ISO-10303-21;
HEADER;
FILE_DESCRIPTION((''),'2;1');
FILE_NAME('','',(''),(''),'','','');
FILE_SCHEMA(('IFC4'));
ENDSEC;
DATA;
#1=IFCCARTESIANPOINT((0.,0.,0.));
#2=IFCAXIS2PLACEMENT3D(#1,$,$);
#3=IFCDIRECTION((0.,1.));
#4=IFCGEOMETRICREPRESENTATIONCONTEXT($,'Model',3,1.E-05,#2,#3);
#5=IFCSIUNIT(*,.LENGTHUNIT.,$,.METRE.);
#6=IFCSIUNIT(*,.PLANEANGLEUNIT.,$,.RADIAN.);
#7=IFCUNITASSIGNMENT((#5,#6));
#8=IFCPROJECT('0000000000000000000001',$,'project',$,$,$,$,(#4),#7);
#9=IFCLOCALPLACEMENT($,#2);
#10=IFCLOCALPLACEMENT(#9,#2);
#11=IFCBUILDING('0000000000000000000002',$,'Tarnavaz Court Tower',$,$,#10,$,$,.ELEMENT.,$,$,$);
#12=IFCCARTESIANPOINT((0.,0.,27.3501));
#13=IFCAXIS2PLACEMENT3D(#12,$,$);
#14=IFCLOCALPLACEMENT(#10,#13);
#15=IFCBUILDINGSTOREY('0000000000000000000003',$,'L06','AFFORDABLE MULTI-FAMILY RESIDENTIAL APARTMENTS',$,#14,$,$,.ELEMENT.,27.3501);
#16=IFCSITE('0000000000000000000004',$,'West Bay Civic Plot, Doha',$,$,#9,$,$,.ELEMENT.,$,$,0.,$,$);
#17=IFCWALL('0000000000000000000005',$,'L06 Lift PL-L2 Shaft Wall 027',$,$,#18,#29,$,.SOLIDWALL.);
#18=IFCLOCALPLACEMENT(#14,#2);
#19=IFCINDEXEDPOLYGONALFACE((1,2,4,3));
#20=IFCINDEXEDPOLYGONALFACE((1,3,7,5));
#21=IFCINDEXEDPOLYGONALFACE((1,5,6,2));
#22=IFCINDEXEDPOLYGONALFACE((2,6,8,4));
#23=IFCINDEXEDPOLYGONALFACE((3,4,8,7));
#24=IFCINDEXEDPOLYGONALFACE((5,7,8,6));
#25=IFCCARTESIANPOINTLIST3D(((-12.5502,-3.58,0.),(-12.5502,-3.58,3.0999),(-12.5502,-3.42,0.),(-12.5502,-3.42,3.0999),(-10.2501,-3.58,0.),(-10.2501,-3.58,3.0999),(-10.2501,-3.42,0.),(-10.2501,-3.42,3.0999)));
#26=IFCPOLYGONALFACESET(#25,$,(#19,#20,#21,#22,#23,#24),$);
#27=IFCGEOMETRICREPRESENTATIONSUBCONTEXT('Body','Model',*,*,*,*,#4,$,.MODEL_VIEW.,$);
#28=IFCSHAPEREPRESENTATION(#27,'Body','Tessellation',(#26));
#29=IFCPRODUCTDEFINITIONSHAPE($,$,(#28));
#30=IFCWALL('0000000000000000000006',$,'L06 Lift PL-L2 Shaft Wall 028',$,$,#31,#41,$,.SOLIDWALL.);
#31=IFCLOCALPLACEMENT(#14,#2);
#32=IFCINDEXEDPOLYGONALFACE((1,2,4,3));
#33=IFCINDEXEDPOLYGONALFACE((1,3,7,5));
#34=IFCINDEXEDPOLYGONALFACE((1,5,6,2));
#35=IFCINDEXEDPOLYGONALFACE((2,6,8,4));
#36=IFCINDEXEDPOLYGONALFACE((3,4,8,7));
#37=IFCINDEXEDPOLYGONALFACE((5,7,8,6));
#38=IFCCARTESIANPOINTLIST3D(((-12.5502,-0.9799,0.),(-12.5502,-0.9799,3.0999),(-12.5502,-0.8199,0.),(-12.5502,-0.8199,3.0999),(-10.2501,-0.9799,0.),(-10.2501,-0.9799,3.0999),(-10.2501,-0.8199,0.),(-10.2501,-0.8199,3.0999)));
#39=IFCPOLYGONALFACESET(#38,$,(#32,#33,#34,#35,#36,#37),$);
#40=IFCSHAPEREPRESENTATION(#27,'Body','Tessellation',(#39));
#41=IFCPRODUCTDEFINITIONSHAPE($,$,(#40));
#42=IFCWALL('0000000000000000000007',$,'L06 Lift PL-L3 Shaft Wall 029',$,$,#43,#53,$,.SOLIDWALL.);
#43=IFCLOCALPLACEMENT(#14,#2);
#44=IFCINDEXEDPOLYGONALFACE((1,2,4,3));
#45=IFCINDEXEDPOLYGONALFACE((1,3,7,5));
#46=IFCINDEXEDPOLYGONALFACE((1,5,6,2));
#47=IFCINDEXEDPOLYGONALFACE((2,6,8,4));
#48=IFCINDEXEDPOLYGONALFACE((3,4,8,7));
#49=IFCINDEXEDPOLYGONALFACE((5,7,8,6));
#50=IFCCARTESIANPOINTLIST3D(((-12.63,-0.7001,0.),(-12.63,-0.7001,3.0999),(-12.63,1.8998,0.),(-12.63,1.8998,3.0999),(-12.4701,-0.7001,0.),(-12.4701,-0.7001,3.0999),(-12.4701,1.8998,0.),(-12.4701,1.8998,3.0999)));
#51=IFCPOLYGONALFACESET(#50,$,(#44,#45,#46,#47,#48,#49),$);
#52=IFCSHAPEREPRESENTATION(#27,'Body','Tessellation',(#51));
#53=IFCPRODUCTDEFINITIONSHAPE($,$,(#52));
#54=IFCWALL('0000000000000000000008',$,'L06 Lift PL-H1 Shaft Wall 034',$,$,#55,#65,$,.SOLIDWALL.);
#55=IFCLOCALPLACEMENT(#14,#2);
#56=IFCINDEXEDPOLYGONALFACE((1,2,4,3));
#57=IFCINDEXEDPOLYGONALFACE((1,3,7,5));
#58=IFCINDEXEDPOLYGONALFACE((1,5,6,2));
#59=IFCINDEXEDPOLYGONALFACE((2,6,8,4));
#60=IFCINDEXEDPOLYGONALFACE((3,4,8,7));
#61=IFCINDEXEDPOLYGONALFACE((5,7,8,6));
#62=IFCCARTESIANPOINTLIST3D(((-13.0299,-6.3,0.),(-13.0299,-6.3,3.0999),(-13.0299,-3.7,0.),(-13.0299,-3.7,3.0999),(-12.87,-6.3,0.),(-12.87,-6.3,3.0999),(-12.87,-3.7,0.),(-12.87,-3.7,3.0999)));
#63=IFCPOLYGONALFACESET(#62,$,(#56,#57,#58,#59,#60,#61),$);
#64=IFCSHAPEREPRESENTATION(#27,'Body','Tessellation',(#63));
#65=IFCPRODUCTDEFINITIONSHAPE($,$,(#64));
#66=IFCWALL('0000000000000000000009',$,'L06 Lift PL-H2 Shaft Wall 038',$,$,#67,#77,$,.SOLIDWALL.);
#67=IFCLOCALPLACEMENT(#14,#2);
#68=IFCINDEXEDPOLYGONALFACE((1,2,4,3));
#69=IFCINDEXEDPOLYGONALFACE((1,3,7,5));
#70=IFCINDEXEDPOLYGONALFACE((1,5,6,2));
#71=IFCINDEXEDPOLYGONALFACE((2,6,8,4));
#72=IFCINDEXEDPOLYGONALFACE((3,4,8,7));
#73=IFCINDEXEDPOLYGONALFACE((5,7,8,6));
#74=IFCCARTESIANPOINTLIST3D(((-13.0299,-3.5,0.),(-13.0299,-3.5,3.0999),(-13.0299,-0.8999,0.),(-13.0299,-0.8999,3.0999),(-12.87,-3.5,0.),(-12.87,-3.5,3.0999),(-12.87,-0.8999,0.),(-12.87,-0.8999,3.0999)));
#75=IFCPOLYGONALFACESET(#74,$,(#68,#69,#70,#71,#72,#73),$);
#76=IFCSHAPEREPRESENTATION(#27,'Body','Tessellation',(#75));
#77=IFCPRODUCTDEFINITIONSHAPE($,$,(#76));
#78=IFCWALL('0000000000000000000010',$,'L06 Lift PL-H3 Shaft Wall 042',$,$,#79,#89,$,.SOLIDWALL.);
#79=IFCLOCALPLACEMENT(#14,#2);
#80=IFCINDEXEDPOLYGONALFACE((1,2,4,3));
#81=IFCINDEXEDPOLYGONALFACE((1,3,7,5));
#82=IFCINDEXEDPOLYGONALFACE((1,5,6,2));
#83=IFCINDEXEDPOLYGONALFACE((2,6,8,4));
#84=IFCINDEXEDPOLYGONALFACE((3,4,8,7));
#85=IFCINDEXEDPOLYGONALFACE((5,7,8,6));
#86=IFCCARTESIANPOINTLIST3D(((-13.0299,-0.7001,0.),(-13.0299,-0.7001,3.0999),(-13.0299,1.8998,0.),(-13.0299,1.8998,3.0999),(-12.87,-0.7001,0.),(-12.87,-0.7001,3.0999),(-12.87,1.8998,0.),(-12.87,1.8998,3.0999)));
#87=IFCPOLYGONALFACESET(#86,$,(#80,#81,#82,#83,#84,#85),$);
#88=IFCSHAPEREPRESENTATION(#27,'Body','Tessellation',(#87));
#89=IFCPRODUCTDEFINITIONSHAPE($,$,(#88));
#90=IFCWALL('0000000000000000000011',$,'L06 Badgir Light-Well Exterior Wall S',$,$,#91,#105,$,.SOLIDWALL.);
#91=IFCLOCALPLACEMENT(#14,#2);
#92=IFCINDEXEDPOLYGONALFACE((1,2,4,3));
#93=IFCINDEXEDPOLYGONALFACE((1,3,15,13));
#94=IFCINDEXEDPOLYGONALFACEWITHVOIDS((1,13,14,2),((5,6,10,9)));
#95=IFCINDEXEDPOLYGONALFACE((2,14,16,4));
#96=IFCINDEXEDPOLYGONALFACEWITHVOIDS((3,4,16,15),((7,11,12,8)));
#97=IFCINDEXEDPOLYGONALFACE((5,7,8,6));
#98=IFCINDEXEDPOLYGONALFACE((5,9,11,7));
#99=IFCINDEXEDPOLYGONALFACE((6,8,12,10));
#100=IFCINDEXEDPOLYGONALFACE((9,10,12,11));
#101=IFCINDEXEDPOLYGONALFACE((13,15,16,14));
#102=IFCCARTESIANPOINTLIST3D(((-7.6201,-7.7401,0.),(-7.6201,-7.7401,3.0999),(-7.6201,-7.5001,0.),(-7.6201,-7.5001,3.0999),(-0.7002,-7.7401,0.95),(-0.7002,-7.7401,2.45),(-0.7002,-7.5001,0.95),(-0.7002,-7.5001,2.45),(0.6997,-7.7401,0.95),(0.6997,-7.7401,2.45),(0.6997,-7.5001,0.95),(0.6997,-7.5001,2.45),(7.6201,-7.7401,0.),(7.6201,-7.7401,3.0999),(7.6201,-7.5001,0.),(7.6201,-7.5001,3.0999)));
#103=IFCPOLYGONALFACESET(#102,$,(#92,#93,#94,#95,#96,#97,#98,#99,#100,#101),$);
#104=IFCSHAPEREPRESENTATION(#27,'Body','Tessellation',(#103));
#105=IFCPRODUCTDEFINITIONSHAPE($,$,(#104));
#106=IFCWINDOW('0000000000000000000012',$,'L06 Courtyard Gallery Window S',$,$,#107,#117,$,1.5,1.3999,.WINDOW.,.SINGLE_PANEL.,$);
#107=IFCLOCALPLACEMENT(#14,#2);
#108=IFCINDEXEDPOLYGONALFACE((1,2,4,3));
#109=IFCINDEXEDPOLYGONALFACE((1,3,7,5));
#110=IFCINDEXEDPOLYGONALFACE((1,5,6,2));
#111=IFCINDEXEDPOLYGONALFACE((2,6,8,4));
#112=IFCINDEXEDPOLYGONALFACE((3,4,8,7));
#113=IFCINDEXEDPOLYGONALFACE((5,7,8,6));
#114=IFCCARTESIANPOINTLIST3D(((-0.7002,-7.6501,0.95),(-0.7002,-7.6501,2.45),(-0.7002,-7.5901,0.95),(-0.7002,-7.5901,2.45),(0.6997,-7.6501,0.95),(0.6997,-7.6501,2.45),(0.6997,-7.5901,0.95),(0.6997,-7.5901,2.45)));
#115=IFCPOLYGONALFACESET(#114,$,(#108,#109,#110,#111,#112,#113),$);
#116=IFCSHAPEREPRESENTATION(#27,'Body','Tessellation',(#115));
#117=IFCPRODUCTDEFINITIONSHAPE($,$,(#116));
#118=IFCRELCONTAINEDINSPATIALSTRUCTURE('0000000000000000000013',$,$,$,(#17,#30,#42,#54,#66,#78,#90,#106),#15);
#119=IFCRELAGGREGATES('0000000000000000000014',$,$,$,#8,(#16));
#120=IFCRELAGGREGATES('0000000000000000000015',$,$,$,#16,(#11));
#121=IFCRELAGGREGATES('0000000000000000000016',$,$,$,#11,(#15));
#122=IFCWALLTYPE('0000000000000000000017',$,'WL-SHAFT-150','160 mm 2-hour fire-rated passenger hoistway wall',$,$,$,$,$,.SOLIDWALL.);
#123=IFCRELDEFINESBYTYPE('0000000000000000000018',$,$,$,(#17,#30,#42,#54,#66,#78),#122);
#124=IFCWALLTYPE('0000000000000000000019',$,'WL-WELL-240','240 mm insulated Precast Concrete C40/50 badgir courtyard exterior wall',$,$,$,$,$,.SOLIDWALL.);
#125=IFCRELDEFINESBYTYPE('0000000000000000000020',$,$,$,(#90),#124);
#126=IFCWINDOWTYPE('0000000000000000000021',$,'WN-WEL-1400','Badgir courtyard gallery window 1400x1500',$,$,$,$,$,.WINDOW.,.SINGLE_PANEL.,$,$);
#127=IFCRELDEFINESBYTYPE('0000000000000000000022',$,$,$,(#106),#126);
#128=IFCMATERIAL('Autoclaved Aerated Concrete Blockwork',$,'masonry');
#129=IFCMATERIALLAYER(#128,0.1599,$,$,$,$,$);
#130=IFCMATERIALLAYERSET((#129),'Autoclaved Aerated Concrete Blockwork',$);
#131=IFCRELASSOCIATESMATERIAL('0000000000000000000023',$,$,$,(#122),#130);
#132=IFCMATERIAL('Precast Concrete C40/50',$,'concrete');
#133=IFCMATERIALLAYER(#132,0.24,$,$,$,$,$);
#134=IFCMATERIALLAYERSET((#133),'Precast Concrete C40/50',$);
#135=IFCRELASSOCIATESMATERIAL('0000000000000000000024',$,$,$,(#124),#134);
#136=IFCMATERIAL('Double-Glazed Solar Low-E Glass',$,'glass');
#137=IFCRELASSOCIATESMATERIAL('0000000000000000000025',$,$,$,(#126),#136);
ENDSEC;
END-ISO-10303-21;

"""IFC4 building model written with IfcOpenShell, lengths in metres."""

from ifc_helpers import new_model, si_unit, direction, frame, frame_2d, origin, place, context, subcontext, project, spatial, rectangle, extrude, material, layer, layer_set, type_object, element, fill, save


model = new_model("IFC4")

# Units and contexts
model_context = context("Model", 3, precision=1e-05, world=origin(), true_north=direction((0.0, 1.0)))
body_context = subcontext(model_context, "Body", "Model", "MODEL_VIEW")
ifc_project = project(units=[si_unit("LENGTHUNIT", "METRE"), si_unit("PLANEANGLEUNIT", "RADIAN")], contexts=[model_context])

# Site, building, storey
site_placement = place(None, origin())
site = spatial("IfcSite", under=ifc_project, at=site_placement, Name="West Bay Civic Plot, Doha", CompositionType="ELEMENT", RefElevation=0.0)
building_placement = place(site_placement, origin())
building = spatial("IfcBuilding", under=site, at=building_placement, Name="Tarnavaz Court Tower", CompositionType="ELEMENT")
storey_placement = place(building_placement, frame((0.0, 0.0, 27.3501)))
storey = spatial("IfcBuildingStorey", under=building, at=storey_placement, Name="L06", Description="AFFORDABLE MULTI-FAMILY RESIDENTIAL APARTMENTS", CompositionType="ELEMENT", Elevation=27.3501)

# Shared definitions
ifc_material_1 = material(Name="Autoclaved Aerated Concrete Blockwork", Category="masonry")
ifc_layer_1 = layer(ifc_material_1, 0.1599)
ifc_layer_set_1 = layer_set([ifc_layer_1], Name="Autoclaved Aerated Concrete Blockwork")
wall_type_1 = type_object("IfcWallType", Name="WL-SHAFT-150", Description="160 mm 2-hour fire-rated passenger hoistway wall", PredefinedType="SOLIDWALL", material=ifc_layer_set_1)

# Walls
for number, where, z_axis, x_axis, name in (
    (1, (-12.55, -3.5, 0.0), (0.0, 0.0, 1.0), (1.0, 0.0, 0.0), "L06 Lift PL-L2 Shaft Wall 027"),
    (2, (-12.55, -0.8999, 0.0), (0.0, 0.0, 1.0), (1.0, 0.0, 0.0), "L06 Lift PL-L2 Shaft Wall 028"),
):
    element("IfcWall", number, at=place(storey_placement, frame(where, z_axis=z_axis, x_axis=x_axis)), inside=storey, type_object=wall_type_1, Name=name, PredefinedType="SOLIDWALL", context=body_context, shape_type="SweptSolid", body=[
        extrude(rectangle(XDim=2.3, YDim=0.1599, at=frame_2d((1.1499, 0.0))), origin(), (0.0, 0.0, 1.0), 3.0999),
    ])
wall_1_placement = place(storey_placement, frame((-12.55, -0.7, 0.0), z_axis=(0.0, 0.0, 1.0), x_axis=(0.0, 1.0, 0.0)))
element("IfcWall", 3, at=wall_1_placement, inside=storey, type_object=wall_type_1, Name="L06 Lift PL-L3 Shaft Wall 029", PredefinedType="SOLIDWALL", context=body_context, shape_type="SweptSolid", body=[
    extrude(rectangle(XDim=2.5999, YDim=0.1599, at=frame_2d((1.2998, 0.0))), origin(), (0.0, 0.0, 1.0), 3.0999),
])
for number, where, z_axis, x_axis, name in (
    (4, (-12.95, -6.3, 0.0), (0.0, 0.0, 1.0), (0.0, 1.0, 0.0), "L06 Lift PL-H1 Shaft Wall 034"),
    (5, (-12.95, -3.5, 0.0), (0.0, 0.0, 1.0), (0.0, 1.0, 0.0), "L06 Lift PL-H2 Shaft Wall 038"),
):
    element("IfcWall", number, at=place(storey_placement, frame(where, z_axis=z_axis, x_axis=x_axis)), inside=storey, type_object=wall_type_1, Name=name, PredefinedType="SOLIDWALL", context=body_context, shape_type="SweptSolid", body=[
        extrude(rectangle(XDim=2.6001, YDim=0.1599, at=frame_2d((1.3, 0.0))), origin(), (0.0, 0.0, 1.0), 3.0999),
    ])
wall_2_placement = place(storey_placement, frame((-12.95, -0.7, 0.0), z_axis=(0.0, 0.0, 1.0), x_axis=(0.0, 1.0, 0.0)))
element("IfcWall", 6, at=wall_2_placement, inside=storey, type_object=wall_type_1, Name="L06 Lift PL-H3 Shaft Wall 042", PredefinedType="SOLIDWALL", context=body_context, shape_type="SweptSolid", body=[
    extrude(rectangle(XDim=2.5999, YDim=0.1599, at=frame_2d((1.2998, 0.0))), origin(), (0.0, 0.0, 1.0), 3.0999),
])

# Wall, opening, window
ifc_material_2 = material(Name="Precast Concrete C40/50", Category="concrete")
ifc_layer_2 = layer(ifc_material_2, 0.24)
ifc_layer_set_2 = layer_set([ifc_layer_2], Name="Precast Concrete C40/50")
wall_type_2 = type_object("IfcWallType", Name="WL-WELL-240", Description="240 mm insulated Precast Concrete C40/50 badgir courtyard exterior wall", PredefinedType="SOLIDWALL", material=ifc_layer_set_2)
wall_3_placement = place(storey_placement, frame((-7.6201, -7.6201, 0.0), z_axis=(0.0, 0.0, 1.0), x_axis=(1.0, 0.0, 0.0)))
wall_3 = element("IfcWall", 7, at=wall_3_placement, inside=storey, type_object=wall_type_2, Name="L06 Badgir Light-Well Exterior Wall S", PredefinedType="SOLIDWALL", context=body_context, shape_type="SweptSolid", body=[
    extrude(rectangle(XDim=15.2402, YDim=0.24, at=frame_2d((7.6201, 0.0))), origin(), (0.0, 0.0, 1.0), 3.0999),
])
opening_1_placement = place(wall_3_placement, frame((6.9199, 0.0, 0.95)))
opening_1 = element("IfcOpeningElement", 8, at=opening_1_placement, cuts=wall_3, PredefinedType="OPENING", context=body_context, shape_type="SweptSolid", body=[
    extrude(rectangle(XDim=1.3999, YDim=1.5, at=frame_2d((0.7, 0.75))), frame((0.0, 0.1299, 0.0), z_axis=(0.0, -1.0, 0.0), x_axis=(1.0, 0.0, 0.0)), (0.0, 0.0, 1.0), 0.26),
])
ifc_material_3 = material(Name="Double-Glazed Solar Low-E Glass", Category="glass")
window_type = type_object("IfcWindowType", Name="WN-WEL-1400", Description="Badgir courtyard gallery window 1400x1500", PartitioningType="SINGLE_PANEL", PredefinedType="WINDOW", material=ifc_material_3)
window_placement = place(opening_1_placement, origin())
window = element("IfcWindow", 9, at=window_placement, inside=storey, type_object=window_type, Name="L06 Courtyard Gallery Window S", OverallHeight=1.5, OverallWidth=1.3999, PartitioningType="SINGLE_PANEL", PredefinedType="WINDOW", context=body_context, shape_type="SweptSolid", body=[
    extrude(rectangle(XDim=1.3999, YDim=1.5, at=frame_2d((0.7, 0.75))), frame((0.0, 0.03, 0.0), z_axis=(0.0, -1.0, 0.0), x_axis=(1.0, 0.0, 0.0)), (0.0, 0.0, 1.0), 0.0601),
])
fill(opening_1, window)

save(model, "model.ifc")
